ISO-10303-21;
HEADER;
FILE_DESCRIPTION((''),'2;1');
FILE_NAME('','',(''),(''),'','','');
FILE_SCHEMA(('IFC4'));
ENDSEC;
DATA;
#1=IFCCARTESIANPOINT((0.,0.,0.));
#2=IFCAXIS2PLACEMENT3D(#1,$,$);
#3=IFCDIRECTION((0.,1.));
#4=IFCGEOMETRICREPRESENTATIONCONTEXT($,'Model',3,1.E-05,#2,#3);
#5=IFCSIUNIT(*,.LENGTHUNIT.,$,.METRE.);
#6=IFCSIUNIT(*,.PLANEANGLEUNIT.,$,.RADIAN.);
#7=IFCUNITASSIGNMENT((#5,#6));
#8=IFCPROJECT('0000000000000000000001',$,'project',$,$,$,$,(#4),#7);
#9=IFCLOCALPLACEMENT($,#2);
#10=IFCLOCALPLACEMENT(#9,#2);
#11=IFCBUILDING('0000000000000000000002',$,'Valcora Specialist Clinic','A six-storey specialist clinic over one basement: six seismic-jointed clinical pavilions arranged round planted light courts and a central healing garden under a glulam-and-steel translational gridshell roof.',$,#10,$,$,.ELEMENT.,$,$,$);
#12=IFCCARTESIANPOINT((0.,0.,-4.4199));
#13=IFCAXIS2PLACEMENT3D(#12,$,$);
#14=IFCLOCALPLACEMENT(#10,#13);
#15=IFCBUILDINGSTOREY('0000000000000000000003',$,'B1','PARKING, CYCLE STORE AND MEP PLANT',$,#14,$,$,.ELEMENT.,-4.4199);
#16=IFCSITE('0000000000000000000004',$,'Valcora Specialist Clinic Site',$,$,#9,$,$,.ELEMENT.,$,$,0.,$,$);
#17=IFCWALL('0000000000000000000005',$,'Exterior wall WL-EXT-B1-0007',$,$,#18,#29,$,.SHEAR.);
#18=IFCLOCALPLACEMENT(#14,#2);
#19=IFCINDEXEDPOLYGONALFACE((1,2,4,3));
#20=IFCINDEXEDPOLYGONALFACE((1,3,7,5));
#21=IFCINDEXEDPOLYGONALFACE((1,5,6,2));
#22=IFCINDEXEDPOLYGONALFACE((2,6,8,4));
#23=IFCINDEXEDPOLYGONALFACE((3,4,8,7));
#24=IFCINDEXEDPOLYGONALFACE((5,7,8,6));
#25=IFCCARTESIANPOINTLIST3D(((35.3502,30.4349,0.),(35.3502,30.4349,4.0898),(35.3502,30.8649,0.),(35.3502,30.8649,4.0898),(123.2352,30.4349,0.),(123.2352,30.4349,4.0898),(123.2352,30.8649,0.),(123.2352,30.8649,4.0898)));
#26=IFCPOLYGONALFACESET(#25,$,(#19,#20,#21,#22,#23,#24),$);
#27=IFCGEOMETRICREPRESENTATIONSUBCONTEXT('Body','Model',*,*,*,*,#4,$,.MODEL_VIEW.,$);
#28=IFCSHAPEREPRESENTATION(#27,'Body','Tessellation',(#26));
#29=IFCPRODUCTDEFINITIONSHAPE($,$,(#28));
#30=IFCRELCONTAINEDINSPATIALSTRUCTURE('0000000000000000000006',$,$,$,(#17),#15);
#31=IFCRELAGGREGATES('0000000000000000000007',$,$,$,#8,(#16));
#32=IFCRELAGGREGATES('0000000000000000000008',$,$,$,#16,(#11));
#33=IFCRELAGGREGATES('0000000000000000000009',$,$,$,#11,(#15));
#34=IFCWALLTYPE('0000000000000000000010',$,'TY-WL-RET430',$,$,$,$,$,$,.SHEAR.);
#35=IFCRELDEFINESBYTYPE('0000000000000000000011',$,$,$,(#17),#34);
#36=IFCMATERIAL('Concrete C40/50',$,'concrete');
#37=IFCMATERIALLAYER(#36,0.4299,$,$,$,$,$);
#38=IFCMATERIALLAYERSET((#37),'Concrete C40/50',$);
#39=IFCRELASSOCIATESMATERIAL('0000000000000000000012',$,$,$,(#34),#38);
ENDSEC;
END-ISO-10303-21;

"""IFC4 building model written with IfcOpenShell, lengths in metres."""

from ifc_helpers import new_model, si_unit, direction, frame, frame_2d, origin, place, context, subcontext, project, spatial, rectangle, extrude, material, layer, layer_set, type_object, element, save


model = new_model("IFC4")

# Units and contexts
model_context = context("Model", 3, precision=1e-05, world=origin(), true_north=direction((0.0, 1.0)))
body_context = subcontext(model_context, "Body", "Model", "MODEL_VIEW")
ifc_project = project(units=[si_unit("LENGTHUNIT", "METRE"), si_unit("PLANEANGLEUNIT", "RADIAN")], contexts=[model_context])

# Site, building, storey
site_placement = place(None, origin())
site = spatial("IfcSite", under=ifc_project, at=site_placement, Name="Valcora Specialist Clinic Site", CompositionType="ELEMENT", RefElevation=0.0)
building_placement = place(site_placement, origin())
building = spatial("IfcBuilding", under=site, at=building_placement, Name="Valcora Specialist Clinic", Description="A six-storey specialist clinic over one basement: six seismic-jointed clinical pavilions arranged round planted light courts and a central healing garden under a glulam-and-steel translational gridshell roof.", CompositionType="ELEMENT")
storey_placement = place(building_placement, frame((0.0, 0.0, -4.4199)))
storey = spatial("IfcBuildingStorey", under=building, at=storey_placement, Name="B1", Description="PARKING, CYCLE STORE AND MEP PLANT", CompositionType="ELEMENT", Elevation=-4.4199)

# Shared definitions
ifc_material_1 = material(Name="Concrete C40/50", Category="concrete")

# Wall
ifc_layer_1 = layer(ifc_material_1, 0.4299)
ifc_layer_set_1 = layer_set([ifc_layer_1], Name="Concrete C40/50")
wall_type_1 = type_object("IfcWallType", Name="TY-WL-RET430", PredefinedType="SHEAR", material=ifc_layer_set_1)
wall_1_placement = place(storey_placement, frame((123.2351, 30.6499, 0.0), z_axis=(0.0, 0.0, 1.0), x_axis=(-1.0, 0.0, 0.0)))
element("IfcWall", 1, at=wall_1_placement, inside=storey, type_object=wall_type_1, Name="Exterior wall WL-EXT-B1-0007", PredefinedType="SHEAR", context=body_context, shape_type="SweptSolid", body=[
    extrude(rectangle(XDim=87.885, YDim=0.4299, at=frame_2d((43.9424, 0.0))), origin(), (0.0, 0.0, 1.0), 4.0898),
])

save(model, "model.ifc")
